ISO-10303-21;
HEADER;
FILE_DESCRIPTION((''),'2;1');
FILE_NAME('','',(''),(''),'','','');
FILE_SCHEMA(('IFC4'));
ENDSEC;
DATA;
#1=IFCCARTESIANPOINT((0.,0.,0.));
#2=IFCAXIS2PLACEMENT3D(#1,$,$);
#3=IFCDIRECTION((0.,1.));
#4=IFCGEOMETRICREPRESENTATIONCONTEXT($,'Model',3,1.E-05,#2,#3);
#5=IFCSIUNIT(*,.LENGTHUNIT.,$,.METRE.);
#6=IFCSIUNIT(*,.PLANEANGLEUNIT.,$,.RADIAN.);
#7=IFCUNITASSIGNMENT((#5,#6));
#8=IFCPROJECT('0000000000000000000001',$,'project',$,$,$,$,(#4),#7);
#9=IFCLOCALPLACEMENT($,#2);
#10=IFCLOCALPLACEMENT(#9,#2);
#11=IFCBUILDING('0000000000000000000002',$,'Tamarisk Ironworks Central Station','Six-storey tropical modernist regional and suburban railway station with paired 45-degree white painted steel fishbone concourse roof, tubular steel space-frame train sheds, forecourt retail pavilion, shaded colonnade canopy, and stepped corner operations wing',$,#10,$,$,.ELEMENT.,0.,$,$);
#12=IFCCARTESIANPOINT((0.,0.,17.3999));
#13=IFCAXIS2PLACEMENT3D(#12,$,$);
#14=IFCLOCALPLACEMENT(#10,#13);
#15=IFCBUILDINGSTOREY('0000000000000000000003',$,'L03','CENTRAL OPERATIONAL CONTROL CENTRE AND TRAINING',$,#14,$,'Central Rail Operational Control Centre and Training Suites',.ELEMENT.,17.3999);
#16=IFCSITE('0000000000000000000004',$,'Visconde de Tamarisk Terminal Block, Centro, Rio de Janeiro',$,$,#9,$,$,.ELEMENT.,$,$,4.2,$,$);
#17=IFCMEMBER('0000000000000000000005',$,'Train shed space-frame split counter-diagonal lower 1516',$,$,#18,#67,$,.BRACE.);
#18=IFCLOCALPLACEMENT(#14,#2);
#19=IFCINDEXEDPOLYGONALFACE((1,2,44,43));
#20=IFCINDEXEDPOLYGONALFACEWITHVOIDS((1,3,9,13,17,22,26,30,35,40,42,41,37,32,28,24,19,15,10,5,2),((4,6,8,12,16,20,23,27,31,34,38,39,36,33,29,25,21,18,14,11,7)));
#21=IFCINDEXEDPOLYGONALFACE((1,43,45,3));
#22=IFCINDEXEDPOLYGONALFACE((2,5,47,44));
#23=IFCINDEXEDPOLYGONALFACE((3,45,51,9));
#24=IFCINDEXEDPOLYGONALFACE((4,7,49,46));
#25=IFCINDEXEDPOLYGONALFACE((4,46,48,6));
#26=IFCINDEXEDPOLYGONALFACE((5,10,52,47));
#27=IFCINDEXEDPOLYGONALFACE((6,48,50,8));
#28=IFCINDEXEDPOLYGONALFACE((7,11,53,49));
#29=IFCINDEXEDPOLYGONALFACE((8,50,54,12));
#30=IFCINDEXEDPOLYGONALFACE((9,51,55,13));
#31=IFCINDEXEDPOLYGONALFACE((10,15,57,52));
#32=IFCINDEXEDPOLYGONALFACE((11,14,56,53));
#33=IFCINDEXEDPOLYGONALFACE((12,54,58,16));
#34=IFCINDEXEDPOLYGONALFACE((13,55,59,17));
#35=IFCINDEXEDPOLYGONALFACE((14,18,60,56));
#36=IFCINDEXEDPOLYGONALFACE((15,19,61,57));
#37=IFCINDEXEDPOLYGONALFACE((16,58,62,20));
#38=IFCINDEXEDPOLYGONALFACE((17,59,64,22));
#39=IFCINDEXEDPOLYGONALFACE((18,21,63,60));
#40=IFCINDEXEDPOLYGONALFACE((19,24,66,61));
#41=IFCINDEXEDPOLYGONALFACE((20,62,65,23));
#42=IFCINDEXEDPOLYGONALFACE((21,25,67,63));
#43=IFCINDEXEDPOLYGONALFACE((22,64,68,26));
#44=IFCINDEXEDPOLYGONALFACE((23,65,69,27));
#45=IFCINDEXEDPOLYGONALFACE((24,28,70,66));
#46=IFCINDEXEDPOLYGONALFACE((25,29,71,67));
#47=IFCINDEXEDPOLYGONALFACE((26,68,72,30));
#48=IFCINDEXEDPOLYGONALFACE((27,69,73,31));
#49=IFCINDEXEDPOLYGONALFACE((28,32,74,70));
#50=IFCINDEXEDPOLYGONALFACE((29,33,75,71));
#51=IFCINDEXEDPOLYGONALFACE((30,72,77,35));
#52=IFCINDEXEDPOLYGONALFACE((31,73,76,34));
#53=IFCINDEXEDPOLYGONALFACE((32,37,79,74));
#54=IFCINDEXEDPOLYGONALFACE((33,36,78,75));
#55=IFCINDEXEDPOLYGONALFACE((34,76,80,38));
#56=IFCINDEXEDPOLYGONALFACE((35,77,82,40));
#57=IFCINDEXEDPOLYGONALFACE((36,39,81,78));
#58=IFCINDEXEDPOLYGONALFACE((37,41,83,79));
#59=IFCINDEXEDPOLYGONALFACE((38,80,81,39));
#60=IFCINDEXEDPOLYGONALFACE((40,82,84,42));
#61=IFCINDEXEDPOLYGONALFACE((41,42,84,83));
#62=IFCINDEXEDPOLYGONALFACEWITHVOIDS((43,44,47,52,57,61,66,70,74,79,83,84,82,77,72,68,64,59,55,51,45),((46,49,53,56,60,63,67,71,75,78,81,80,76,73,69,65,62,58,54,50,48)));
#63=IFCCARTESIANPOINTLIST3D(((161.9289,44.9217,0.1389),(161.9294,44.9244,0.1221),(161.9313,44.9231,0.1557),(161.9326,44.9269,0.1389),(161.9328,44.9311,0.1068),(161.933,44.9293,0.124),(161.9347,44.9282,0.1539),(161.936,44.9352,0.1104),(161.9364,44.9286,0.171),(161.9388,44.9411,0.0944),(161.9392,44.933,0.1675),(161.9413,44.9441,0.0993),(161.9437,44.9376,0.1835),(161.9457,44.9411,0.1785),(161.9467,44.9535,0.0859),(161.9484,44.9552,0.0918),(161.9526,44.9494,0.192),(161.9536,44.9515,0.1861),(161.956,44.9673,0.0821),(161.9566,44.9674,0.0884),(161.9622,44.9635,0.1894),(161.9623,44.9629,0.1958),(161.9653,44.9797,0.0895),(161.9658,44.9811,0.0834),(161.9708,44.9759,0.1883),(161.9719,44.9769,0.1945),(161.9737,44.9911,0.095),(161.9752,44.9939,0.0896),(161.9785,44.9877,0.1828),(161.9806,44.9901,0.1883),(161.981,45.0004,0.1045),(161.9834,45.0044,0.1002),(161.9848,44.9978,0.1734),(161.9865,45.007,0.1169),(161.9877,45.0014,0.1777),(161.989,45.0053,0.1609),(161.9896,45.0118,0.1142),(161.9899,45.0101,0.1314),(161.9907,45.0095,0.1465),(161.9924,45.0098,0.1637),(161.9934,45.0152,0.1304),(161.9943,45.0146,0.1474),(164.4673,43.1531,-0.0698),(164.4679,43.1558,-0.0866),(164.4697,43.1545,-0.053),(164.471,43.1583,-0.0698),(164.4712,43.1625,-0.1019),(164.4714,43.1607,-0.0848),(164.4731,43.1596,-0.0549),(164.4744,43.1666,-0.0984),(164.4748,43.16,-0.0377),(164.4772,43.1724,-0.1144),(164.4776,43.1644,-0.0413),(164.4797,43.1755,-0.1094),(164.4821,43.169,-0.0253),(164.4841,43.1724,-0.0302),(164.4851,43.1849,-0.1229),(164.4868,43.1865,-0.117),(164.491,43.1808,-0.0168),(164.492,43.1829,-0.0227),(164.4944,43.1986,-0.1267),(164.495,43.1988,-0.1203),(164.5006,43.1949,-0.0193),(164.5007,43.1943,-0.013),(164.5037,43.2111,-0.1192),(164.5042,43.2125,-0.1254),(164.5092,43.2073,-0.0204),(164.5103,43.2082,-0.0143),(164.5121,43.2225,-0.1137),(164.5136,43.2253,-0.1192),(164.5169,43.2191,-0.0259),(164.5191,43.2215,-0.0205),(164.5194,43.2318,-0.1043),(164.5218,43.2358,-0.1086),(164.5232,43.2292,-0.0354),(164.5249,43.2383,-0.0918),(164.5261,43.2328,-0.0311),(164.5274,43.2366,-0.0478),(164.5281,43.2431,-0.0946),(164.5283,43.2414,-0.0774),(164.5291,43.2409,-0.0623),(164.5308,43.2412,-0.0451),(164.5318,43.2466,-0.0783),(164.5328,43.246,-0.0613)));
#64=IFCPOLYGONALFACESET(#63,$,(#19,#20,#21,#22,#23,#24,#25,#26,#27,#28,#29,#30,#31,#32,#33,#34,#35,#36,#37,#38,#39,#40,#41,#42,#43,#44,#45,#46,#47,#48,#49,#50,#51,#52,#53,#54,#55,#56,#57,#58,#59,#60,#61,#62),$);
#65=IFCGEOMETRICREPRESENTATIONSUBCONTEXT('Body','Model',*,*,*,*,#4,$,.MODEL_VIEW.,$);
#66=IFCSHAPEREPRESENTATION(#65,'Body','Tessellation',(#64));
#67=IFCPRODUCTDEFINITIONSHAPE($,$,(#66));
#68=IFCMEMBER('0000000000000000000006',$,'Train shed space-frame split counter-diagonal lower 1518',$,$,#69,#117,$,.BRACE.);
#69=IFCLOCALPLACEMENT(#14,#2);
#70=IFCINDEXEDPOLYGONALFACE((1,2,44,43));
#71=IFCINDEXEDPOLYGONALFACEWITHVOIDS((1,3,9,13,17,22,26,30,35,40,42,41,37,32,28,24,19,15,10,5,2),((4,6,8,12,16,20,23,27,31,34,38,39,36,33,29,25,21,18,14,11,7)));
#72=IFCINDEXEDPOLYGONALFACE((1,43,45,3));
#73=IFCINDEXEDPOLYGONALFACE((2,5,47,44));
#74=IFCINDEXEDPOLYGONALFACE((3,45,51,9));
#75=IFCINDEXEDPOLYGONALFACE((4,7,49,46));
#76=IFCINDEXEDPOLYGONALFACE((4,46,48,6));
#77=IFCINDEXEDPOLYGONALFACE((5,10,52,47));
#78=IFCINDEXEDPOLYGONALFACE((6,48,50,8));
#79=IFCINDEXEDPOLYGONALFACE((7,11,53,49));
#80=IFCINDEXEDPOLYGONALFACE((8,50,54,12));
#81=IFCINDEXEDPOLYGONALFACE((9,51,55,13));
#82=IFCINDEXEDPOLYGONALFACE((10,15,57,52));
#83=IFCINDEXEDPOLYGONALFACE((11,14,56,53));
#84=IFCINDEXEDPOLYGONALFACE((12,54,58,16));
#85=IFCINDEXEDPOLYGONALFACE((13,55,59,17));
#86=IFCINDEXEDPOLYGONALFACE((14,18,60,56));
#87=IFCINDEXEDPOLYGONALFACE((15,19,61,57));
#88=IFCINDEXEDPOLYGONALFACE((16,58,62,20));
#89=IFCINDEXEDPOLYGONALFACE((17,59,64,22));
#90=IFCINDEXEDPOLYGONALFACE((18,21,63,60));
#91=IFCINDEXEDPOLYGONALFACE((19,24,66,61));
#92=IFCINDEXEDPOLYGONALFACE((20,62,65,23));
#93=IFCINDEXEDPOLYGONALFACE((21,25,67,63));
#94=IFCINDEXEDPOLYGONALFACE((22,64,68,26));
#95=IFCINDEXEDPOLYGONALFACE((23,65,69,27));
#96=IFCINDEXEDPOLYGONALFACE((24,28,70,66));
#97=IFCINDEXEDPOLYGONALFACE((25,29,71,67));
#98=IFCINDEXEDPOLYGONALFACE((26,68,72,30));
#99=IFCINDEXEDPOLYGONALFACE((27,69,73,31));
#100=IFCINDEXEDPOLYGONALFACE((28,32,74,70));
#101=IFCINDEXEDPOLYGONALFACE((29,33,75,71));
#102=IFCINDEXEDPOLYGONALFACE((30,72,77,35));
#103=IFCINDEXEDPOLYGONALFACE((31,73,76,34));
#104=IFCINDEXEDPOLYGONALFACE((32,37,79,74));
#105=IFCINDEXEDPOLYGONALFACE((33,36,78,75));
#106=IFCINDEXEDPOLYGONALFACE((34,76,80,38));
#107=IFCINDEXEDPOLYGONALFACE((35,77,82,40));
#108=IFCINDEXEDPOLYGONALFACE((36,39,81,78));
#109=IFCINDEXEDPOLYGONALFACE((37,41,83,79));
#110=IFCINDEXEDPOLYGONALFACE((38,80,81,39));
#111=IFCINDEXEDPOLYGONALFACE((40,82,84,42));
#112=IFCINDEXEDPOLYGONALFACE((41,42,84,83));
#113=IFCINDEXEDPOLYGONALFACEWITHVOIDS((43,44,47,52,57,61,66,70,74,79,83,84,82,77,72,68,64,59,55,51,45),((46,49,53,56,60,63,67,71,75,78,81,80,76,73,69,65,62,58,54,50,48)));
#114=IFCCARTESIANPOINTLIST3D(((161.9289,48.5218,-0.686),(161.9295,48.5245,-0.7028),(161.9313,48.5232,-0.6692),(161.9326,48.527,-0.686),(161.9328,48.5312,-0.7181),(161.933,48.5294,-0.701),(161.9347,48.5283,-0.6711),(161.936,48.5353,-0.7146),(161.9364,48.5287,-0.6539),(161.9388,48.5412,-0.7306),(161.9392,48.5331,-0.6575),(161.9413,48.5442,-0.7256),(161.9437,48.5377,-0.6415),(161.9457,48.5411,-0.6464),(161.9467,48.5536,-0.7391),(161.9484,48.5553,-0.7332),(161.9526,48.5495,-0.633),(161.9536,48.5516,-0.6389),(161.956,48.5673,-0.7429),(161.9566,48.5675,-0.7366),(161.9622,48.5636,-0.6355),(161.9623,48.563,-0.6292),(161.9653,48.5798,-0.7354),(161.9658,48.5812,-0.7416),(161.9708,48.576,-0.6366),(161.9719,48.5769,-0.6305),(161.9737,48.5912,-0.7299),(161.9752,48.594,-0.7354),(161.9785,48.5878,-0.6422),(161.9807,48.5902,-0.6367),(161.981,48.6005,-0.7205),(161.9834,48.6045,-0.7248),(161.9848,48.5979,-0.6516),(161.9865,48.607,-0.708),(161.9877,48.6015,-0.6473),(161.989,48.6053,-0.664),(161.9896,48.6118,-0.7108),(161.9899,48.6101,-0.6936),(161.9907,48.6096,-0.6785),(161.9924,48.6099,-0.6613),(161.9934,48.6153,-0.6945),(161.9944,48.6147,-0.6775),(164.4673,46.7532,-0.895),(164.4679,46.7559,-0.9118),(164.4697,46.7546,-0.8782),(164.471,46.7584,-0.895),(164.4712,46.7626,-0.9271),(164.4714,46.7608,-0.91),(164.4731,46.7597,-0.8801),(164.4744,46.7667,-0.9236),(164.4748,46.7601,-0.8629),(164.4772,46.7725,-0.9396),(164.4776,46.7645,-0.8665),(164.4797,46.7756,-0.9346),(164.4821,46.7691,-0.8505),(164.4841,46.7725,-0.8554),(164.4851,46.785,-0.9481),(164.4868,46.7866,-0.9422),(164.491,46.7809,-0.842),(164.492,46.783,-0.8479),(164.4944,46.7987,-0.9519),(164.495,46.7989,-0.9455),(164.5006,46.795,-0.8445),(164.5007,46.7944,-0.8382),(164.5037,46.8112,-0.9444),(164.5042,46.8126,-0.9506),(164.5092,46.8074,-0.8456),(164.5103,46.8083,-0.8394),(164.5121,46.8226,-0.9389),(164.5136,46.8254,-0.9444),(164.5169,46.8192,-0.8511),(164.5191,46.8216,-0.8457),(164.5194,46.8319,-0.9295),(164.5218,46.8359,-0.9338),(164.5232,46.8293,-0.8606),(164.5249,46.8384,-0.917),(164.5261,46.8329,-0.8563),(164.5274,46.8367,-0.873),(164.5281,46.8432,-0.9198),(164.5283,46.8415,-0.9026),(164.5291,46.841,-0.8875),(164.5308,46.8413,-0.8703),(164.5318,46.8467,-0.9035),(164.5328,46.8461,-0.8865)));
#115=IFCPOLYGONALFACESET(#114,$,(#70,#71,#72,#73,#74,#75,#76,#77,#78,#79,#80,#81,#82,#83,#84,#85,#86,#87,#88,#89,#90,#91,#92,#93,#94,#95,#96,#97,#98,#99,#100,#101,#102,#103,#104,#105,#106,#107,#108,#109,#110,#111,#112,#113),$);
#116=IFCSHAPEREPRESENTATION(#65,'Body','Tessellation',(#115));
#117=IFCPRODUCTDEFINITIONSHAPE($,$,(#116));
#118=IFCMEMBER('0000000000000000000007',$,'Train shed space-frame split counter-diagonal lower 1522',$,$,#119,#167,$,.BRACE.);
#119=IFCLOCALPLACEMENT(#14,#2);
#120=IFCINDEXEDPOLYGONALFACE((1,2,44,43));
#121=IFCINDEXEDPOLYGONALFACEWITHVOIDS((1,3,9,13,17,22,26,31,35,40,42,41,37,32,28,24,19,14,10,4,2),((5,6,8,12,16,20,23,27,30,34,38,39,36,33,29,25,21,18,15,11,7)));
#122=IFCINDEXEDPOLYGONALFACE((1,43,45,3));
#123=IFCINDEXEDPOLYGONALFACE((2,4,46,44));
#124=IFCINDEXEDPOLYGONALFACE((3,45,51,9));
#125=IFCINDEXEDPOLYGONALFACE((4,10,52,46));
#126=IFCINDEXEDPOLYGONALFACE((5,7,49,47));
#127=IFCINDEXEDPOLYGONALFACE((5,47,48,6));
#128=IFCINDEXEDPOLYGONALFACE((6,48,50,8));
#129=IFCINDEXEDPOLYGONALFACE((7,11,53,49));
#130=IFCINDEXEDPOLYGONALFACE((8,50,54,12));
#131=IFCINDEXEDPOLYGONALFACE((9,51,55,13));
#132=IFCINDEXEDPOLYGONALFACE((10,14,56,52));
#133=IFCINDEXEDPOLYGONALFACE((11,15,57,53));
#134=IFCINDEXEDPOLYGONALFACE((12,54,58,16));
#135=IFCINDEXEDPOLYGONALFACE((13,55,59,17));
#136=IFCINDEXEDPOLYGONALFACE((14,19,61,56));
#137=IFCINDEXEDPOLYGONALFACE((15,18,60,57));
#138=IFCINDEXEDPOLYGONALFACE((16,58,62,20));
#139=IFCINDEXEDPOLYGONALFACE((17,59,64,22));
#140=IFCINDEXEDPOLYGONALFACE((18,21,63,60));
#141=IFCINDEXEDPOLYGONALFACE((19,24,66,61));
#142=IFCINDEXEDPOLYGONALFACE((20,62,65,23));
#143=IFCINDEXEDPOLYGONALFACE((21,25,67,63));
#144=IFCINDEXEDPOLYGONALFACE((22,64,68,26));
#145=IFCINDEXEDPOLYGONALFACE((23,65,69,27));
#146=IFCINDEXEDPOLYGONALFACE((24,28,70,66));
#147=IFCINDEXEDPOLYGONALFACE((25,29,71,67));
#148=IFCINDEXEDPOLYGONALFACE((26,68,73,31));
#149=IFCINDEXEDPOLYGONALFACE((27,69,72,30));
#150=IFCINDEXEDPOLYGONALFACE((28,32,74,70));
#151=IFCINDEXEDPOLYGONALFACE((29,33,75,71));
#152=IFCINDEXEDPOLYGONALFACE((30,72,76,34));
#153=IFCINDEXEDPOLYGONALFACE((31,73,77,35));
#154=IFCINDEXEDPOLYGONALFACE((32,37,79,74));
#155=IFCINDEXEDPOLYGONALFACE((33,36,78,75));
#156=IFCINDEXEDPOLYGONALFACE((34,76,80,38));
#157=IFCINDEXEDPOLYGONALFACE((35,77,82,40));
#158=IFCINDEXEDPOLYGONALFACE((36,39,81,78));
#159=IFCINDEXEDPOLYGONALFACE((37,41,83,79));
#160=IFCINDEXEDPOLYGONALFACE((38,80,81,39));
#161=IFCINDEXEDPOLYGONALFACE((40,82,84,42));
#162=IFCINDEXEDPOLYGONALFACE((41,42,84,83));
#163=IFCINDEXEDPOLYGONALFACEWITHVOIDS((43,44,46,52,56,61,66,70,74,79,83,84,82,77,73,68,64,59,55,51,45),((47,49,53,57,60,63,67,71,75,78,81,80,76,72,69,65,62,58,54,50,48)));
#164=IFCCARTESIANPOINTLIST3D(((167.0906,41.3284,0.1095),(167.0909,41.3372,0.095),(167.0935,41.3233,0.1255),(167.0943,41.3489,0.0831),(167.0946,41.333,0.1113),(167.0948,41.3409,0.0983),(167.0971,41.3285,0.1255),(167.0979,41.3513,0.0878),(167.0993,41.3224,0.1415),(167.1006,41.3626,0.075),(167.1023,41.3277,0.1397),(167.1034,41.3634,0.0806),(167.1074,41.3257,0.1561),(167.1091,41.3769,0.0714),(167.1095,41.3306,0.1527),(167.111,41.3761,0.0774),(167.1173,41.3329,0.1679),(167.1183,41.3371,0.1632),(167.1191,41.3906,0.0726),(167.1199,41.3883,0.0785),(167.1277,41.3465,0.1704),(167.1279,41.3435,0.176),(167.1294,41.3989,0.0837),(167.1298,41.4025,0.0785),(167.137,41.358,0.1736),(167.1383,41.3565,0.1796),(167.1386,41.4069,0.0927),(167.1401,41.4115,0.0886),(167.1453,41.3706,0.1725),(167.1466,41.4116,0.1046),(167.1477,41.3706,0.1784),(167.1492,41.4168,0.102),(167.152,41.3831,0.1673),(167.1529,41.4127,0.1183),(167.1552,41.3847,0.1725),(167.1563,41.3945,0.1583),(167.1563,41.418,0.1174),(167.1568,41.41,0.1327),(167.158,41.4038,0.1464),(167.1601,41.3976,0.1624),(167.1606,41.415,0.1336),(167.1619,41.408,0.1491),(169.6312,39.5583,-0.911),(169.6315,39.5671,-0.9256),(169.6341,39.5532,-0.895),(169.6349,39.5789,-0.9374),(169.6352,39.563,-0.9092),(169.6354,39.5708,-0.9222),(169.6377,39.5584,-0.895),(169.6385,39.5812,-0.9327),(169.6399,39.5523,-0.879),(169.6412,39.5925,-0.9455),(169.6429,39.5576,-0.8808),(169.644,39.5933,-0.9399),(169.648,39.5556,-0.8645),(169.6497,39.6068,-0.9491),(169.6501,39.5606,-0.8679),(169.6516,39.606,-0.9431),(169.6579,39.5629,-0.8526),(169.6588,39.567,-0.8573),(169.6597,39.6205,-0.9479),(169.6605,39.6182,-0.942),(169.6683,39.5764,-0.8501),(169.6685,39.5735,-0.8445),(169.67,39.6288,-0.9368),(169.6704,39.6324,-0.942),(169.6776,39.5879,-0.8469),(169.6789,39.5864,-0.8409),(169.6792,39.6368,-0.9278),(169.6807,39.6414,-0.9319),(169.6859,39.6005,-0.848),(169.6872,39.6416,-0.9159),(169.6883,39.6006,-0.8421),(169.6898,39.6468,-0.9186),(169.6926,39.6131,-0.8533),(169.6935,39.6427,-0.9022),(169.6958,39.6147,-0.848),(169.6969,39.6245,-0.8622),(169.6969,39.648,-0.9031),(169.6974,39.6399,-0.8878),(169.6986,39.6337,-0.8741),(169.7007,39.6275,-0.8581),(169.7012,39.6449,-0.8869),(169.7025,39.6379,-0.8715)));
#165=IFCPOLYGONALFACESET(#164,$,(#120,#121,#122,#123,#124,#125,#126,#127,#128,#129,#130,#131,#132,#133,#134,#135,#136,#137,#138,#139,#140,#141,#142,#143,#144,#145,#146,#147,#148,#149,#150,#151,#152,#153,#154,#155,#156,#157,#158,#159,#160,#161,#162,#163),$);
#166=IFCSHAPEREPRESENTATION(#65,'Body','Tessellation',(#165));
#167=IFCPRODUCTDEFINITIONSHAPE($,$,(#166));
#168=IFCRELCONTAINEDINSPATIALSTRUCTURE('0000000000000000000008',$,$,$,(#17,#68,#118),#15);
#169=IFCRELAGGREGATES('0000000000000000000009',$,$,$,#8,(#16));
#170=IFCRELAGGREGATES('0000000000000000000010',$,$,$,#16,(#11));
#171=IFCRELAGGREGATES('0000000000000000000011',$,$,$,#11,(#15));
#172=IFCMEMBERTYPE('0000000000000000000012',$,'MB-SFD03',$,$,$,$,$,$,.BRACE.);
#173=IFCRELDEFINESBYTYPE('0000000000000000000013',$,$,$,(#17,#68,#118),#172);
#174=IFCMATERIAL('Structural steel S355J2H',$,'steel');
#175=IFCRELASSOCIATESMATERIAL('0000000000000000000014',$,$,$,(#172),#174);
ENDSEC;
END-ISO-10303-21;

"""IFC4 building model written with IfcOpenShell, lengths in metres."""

from ifc_helpers import new_model, si_unit, direction, frame, origin, origin_2d, place, context, subcontext, project, spatial, hollow_circle, extrude, material, material_profile, profile_set, type_object, element, save


model = new_model("IFC4")

# Units and contexts
model_context = context("Model", 3, precision=1e-05, world=origin(), true_north=direction((0.0, 1.0)))
body_context = subcontext(model_context, "Body", "Model", "MODEL_VIEW")
ifc_project = project(units=[si_unit("LENGTHUNIT", "METRE"), si_unit("PLANEANGLEUNIT", "RADIAN")], contexts=[model_context])

# Site, building, storey
site_placement = place(None, origin())
site = spatial("IfcSite", under=ifc_project, at=site_placement, Name="Visconde de Tamarisk Terminal Block, Centro, Rio de Janeiro", CompositionType="ELEMENT", RefElevation=4.2)
building_placement = place(site_placement, origin())
building = spatial("IfcBuilding", under=site, at=building_placement, Name="Tamarisk Ironworks Central Station", Description="Six-storey tropical modernist regional and suburban railway station with paired 45-degree white painted steel fishbone concourse roof, tubular steel space-frame train sheds, forecourt retail pavilion, shaded colonnade canopy, and stepped corner operations wing", CompositionType="ELEMENT", ElevationOfRefHeight=0.0)
storey_placement = place(building_placement, frame((0.0, 0.0, 17.3999)))
storey = spatial("IfcBuildingStorey", under=building, at=storey_placement, Name="L03", Description="CENTRAL OPERATIONAL CONTROL CENTRE AND TRAINING", LongName="Central Rail Operational Control Centre and Training Suites", CompositionType="ELEMENT", Elevation=17.3999)

# Members
ifc_material = material(Name="Structural steel S355J2H", Category="steel")
ifc_material_profile_1 = material_profile(ifc_material, hollow_circle(Radius=0.0571, WallThickness=0.0063, at=origin_2d()), Name="CHS 114.3x6.3")
ifc_profile_set_1 = profile_set([ifc_material_profile_1], Name="Structural steel S355J2H")
member_type_1 = type_object("IfcMemberType", Name="MB-SFD03", PredefinedType="BRACE", material=ifc_profile_set_1)
for number, where, z_axis, x_axis, name in (
    (1, (164.5, 43.2, -0.0698), (-0.818625, 0.570369, 0.06732), (-0.571666, -0.820487, 0.0), "Train shed space-frame split counter-diagonal lower 1516"),
    (2, (164.5, 46.8, -0.895), (-0.818621, 0.570366, 0.067398), (-0.571666, -0.820487, 0.0), "Train shed space-frame split counter-diagonal lower 1518"),
):
    element("IfcMember", number, at=place(storey_placement, frame(where, z_axis=z_axis, x_axis=x_axis)), inside=storey, type_object=member_type_1, Name=name, PredefinedType="BRACE", context=body_context, shape_type="SweptSolid", body=[
        extrude(hollow_circle(Radius=0.0571, WallThickness=0.0063, at=origin_2d()), origin(), (0.0, 0.0, 1.0), 3.1008),
    ])
member_1_placement = place(storey_placement, frame((169.6667, 39.6001, -0.895), z_axis=(-0.779263, 0.542923, 0.313023), x_axis=(-0.571651, -0.820497, 0.0)))
element("IfcMember", 3, at=member_1_placement, inside=storey, type_object=member_type_1, Name="Train shed space-frame split counter-diagonal lower 1522", PredefinedType="BRACE", context=body_context, shape_type="SweptSolid", body=[
    extrude(hollow_circle(Radius=0.0571, WallThickness=0.0063, at=origin_2d()), origin(), (0.0, 0.0, 1.0), 3.2603),
])

save(model, "model.ifc")
